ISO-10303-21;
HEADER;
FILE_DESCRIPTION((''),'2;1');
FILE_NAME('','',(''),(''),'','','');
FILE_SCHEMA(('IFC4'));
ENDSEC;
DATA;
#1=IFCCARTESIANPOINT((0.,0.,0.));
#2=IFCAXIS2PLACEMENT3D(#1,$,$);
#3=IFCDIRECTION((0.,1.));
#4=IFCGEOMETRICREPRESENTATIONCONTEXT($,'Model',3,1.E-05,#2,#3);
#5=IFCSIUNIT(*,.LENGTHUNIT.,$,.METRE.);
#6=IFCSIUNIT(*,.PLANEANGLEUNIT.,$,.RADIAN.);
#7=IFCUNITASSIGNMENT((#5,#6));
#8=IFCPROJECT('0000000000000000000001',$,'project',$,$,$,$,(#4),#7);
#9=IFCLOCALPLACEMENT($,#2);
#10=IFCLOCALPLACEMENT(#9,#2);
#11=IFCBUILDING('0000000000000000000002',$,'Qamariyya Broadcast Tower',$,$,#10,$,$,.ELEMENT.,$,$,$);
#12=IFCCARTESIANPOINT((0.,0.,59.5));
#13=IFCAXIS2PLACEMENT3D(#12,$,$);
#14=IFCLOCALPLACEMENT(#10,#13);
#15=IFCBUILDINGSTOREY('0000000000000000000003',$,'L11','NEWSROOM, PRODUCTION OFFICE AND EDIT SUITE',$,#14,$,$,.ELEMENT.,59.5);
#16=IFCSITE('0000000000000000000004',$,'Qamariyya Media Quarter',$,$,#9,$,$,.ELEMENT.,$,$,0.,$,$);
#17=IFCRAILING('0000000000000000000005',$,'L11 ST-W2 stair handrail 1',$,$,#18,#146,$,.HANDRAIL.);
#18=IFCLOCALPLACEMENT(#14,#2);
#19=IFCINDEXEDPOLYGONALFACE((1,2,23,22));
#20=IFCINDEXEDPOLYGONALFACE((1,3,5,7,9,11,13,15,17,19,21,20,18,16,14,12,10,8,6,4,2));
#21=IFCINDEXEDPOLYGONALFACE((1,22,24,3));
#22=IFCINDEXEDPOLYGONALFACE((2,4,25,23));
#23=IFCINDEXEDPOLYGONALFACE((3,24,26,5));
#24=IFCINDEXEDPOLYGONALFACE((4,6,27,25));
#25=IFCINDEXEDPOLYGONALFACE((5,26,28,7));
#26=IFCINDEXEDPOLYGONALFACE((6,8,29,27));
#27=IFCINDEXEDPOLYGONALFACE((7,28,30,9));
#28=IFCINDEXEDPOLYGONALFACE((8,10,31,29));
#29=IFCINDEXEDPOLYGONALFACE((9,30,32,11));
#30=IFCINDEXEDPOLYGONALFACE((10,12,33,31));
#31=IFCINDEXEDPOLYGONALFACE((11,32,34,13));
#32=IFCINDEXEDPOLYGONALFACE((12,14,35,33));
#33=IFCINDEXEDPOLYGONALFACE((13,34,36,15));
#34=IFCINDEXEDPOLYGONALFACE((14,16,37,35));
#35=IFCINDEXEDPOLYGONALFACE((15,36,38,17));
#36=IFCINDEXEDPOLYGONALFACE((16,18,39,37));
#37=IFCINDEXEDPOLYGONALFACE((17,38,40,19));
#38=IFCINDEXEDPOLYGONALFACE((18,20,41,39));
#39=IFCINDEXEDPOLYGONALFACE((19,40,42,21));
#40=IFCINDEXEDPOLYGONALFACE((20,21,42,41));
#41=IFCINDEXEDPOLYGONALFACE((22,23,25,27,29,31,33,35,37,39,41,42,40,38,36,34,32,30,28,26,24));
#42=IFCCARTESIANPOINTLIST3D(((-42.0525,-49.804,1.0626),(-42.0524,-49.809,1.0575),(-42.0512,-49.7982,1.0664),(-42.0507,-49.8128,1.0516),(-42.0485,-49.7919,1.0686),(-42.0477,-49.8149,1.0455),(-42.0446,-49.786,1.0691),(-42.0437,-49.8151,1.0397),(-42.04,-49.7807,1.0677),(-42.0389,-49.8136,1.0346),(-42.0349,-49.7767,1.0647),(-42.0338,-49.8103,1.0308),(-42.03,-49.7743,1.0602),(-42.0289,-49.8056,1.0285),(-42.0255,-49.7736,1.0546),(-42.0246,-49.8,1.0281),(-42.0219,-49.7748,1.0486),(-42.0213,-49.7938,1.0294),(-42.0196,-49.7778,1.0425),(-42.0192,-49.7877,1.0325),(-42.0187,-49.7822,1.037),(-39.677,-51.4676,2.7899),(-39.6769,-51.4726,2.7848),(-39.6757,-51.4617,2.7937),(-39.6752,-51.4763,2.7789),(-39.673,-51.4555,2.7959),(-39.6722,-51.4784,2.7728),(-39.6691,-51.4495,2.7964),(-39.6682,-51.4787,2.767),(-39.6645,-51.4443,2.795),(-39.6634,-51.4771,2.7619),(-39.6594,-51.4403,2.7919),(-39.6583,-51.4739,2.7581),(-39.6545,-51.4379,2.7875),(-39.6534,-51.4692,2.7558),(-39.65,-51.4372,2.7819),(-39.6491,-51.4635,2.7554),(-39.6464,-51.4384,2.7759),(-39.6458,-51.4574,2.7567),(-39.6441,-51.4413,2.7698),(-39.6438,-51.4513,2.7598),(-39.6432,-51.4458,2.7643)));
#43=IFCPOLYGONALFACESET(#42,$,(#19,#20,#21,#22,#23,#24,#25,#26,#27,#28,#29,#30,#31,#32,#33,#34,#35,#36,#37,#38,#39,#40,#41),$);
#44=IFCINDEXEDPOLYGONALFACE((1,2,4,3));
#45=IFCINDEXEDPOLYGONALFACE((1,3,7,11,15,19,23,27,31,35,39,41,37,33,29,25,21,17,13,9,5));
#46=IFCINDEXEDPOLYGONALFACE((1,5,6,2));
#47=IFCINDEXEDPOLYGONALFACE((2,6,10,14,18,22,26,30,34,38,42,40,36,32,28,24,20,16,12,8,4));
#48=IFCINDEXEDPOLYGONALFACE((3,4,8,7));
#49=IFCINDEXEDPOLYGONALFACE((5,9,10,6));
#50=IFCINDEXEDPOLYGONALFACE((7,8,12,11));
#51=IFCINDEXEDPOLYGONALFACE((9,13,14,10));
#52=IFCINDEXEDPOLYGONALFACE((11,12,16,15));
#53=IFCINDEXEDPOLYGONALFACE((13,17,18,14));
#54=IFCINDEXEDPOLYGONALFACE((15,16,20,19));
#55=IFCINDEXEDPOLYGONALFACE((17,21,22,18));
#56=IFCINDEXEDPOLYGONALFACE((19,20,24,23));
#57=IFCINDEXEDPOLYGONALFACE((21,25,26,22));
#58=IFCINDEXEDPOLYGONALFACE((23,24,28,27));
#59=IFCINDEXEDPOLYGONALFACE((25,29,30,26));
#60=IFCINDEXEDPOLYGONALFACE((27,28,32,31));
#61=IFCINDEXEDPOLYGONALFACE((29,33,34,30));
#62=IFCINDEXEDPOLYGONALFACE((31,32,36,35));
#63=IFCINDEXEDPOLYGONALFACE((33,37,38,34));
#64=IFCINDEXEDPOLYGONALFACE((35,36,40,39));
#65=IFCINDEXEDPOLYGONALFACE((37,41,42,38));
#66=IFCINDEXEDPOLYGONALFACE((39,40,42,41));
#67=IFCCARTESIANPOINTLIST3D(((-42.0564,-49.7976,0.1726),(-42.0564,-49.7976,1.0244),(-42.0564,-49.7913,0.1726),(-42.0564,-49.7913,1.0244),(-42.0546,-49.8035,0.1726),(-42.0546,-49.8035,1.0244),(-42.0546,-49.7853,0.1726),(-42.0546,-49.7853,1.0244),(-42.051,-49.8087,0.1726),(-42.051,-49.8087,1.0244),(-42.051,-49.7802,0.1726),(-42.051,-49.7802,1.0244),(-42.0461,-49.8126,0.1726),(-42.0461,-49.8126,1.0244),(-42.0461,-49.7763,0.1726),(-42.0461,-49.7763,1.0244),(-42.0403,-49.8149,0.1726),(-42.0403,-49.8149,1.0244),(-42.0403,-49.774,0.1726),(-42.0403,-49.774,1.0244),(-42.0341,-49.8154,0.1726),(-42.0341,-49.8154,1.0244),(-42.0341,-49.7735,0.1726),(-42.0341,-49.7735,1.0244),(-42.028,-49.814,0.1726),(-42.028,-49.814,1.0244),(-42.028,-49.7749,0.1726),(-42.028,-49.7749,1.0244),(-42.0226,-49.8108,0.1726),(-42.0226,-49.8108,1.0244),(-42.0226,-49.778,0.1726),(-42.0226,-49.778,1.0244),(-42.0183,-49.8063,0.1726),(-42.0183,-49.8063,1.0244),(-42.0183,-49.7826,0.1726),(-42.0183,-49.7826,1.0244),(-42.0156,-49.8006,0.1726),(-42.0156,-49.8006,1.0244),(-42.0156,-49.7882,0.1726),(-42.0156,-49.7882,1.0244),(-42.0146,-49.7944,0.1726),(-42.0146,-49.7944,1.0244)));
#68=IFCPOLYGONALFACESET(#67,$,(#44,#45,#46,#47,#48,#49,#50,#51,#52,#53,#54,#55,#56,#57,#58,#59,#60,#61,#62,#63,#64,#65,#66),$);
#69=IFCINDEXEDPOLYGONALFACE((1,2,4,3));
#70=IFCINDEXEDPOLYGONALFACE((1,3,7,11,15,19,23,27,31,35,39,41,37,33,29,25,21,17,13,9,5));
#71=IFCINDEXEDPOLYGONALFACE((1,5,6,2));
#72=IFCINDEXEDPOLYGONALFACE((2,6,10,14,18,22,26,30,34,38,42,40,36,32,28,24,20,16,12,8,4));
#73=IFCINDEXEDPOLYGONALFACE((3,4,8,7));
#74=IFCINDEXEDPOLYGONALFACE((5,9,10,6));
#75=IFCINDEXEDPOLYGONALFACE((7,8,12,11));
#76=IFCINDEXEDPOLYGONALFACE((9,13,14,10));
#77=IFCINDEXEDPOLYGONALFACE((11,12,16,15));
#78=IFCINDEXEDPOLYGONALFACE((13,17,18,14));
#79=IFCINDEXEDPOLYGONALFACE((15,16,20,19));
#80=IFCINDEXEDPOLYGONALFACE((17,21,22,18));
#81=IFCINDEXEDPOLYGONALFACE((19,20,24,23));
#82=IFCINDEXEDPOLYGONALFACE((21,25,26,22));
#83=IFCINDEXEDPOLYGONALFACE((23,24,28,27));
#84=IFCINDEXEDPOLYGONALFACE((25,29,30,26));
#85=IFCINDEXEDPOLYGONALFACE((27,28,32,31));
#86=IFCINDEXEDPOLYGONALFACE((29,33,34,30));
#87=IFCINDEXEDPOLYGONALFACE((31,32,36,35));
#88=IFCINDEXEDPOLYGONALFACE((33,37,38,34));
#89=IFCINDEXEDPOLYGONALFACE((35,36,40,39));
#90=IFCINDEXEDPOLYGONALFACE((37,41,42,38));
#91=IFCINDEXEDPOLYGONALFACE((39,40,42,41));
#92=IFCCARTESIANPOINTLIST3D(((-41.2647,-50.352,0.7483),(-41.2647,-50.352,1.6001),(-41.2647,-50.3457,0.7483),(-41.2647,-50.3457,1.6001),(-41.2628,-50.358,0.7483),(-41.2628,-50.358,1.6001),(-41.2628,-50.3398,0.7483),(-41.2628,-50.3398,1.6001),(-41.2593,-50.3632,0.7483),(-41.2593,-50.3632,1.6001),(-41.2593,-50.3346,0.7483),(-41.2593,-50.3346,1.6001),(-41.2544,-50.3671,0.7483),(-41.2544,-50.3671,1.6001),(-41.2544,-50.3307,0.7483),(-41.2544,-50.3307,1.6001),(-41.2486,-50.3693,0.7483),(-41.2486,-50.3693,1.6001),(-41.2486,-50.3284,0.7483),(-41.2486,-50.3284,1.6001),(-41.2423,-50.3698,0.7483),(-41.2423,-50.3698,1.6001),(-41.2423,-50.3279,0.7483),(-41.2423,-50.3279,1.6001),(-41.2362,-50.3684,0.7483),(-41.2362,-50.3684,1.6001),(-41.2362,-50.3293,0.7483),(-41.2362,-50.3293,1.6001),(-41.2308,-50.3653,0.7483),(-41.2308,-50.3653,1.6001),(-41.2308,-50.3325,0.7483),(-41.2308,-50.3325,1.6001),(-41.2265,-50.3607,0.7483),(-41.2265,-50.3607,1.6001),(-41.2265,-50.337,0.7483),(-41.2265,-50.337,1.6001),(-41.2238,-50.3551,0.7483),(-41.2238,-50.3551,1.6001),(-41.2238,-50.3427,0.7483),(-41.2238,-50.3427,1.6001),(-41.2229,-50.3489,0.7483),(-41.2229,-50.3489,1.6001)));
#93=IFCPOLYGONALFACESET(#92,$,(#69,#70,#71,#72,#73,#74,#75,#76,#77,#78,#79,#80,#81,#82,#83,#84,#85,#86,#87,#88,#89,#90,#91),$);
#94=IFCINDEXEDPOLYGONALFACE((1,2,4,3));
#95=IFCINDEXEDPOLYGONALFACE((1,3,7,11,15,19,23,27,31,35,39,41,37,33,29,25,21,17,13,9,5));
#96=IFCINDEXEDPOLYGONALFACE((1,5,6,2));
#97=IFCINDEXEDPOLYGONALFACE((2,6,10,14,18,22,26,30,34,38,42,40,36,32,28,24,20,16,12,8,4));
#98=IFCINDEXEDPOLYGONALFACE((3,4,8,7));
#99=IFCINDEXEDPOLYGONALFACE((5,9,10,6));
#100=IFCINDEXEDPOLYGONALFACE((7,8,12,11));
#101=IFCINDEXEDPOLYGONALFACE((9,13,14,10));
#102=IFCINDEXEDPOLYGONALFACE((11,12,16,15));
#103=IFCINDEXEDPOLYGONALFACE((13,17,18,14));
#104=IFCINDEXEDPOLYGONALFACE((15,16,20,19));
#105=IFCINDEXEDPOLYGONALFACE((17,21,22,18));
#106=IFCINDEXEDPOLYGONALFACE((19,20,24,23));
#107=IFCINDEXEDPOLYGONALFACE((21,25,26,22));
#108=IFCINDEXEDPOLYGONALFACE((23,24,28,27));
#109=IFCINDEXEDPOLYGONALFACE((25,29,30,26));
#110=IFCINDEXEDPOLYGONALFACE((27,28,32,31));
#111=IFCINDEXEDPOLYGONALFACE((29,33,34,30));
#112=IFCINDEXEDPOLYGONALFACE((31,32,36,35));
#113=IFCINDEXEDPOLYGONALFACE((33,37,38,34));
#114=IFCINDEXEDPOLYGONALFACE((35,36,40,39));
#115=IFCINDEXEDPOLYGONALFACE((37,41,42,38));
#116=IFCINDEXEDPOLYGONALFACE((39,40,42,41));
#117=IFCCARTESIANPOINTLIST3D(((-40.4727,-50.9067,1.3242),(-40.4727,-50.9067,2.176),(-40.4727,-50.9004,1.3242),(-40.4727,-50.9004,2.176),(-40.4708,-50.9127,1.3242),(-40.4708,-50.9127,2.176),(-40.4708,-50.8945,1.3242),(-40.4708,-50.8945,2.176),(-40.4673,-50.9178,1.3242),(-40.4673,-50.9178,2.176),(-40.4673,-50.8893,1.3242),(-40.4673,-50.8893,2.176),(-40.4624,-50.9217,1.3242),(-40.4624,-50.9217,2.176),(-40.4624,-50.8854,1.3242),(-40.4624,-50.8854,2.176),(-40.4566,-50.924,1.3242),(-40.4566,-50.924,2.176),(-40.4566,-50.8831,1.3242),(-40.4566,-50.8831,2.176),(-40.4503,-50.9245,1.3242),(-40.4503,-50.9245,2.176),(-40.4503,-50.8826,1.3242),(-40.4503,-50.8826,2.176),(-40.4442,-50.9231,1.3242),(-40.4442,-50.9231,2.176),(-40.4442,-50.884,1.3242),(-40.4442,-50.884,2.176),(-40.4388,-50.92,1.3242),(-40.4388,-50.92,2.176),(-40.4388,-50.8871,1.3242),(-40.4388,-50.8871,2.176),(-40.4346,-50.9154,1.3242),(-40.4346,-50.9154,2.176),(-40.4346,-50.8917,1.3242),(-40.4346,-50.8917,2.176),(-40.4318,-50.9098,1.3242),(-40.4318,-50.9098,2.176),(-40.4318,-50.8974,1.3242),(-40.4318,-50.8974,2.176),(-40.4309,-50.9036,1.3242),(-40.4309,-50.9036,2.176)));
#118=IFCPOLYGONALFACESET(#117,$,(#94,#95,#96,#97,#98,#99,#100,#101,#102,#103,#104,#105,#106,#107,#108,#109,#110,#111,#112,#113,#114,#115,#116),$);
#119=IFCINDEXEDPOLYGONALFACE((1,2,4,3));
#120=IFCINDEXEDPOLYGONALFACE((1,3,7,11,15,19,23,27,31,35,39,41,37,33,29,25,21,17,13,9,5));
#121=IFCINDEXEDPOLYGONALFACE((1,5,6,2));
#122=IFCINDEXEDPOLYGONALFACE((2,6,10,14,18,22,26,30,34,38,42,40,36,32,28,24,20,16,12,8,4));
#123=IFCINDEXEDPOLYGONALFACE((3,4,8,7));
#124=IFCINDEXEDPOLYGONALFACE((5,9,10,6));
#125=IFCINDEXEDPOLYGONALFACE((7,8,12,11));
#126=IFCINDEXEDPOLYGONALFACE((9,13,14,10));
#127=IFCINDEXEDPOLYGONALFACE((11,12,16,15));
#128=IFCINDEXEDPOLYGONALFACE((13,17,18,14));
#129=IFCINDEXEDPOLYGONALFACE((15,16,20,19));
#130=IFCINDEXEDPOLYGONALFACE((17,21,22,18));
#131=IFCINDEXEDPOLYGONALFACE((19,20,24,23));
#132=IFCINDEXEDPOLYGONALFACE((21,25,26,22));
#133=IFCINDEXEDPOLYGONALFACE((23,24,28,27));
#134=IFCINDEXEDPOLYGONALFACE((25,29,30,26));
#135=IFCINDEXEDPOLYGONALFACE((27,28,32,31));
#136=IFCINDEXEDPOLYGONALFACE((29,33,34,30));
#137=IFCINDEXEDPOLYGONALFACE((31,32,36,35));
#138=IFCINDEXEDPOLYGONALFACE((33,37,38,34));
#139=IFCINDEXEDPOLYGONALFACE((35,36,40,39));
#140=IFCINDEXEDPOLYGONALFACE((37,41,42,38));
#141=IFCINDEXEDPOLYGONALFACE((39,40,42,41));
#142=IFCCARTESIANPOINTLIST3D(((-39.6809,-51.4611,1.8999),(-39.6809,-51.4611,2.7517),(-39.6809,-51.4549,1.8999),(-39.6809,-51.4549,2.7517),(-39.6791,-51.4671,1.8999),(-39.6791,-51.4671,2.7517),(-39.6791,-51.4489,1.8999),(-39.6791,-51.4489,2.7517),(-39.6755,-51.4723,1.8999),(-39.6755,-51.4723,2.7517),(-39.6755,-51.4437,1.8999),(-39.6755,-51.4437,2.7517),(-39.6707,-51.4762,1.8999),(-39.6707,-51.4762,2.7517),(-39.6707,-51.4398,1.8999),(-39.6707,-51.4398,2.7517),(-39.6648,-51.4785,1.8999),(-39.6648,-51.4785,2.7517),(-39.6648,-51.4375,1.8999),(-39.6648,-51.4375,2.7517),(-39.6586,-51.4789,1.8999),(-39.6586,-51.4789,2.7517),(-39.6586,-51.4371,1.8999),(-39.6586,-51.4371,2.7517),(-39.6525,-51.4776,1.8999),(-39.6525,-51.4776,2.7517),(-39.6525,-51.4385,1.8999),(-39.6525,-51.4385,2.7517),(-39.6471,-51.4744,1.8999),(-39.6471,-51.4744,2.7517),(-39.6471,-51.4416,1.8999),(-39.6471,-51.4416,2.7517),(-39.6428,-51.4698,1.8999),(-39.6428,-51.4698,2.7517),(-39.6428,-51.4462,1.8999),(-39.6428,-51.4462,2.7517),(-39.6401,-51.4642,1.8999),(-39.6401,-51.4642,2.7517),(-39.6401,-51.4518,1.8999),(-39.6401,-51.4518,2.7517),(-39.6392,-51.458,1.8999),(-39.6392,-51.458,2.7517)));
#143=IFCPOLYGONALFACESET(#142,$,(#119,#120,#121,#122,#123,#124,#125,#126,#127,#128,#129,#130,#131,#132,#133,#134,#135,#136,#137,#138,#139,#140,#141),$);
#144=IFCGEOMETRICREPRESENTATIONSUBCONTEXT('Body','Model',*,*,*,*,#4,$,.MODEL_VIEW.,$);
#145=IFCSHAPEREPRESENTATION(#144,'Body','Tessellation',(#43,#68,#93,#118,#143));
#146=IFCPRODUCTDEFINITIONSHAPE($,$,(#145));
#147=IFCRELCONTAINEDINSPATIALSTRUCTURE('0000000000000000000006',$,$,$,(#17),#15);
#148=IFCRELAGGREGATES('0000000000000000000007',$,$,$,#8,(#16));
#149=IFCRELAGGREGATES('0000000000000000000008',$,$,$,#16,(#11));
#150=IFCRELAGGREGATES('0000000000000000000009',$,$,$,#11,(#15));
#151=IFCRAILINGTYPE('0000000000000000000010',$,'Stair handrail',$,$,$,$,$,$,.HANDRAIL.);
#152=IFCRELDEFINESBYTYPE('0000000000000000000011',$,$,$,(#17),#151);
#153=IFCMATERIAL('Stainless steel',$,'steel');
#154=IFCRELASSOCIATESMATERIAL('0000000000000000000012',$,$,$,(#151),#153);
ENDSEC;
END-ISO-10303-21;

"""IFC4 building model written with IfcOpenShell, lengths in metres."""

from ifc_helpers import new_model, si_unit, direction, frame, origin, origin_2d, place, context, subcontext, project, spatial, circle, extrude, material, type_object, element, save


model = new_model("IFC4")

# Units and contexts
model_context = context("Model", 3, precision=1e-05, world=origin(), true_north=direction((0.0, 1.0)))
body_context = subcontext(model_context, "Body", "Model", "MODEL_VIEW")
ifc_project = project(units=[si_unit("LENGTHUNIT", "METRE"), si_unit("PLANEANGLEUNIT", "RADIAN")], contexts=[model_context])

# Site, building, storey
site_placement = place(None, origin())
site = spatial("IfcSite", under=ifc_project, at=site_placement, Name="Qamariyya Media Quarter", CompositionType="ELEMENT", RefElevation=0.0)
building_placement = place(site_placement, origin())
building = spatial("IfcBuilding", under=site, at=building_placement, Name="Qamariyya Broadcast Tower", CompositionType="ELEMENT")
storey_placement = place(building_placement, frame((0.0, 0.0, 59.5)))
storey = spatial("IfcBuildingStorey", under=building, at=storey_placement, Name="L11", Description="NEWSROOM, PRODUCTION OFFICE AND EDIT SUITE", CompositionType="ELEMENT", Elevation=59.5)

# Railing
ifc_material_1 = material(Name="Stainless steel", Category="steel")
railing_type_1 = type_object("IfcRailingType", Name="Stair handrail", PredefinedType="HANDRAIL", material=ifc_material_1)
railing_1_placement = place(storey_placement, frame((-42.0356, -49.7944, 0.1726)))
element("IfcRailing", 1, at=railing_1_placement, inside=storey, type_object=railing_type_1, Name="L11 ST-W2 stair handrail 1", PredefinedType="HANDRAIL", context=body_context, shape_type="SweptSolid", body=[
    extrude(circle(Radius=0.0239, at=origin_2d()), frame((0.0, 0.0, 0.876), z_axis=(0.703745, -0.492838, 0.511716), x_axis=(0.573632, 0.819113, 0.0)), (0.0, 0.0, 1.0), 3.3755),
    extrude(circle(Radius=0.021, at=origin_2d()), origin(), (0.0, 0.0, 1.0), 0.8518),
    extrude(circle(Radius=0.021, at=origin_2d()), frame((0.7917, -0.5544, 0.5757)), (0.0, 0.0, 1.0), 0.8518),
    extrude(circle(Radius=0.021, at=origin_2d()), frame((1.5837, -1.1091, 1.1516)), (0.0, 0.0, 1.0), 0.8518),
    extrude(circle(Radius=0.021, at=origin_2d()), frame((2.3755, -1.6636, 1.7273)), (0.0, 0.0, 1.0), 0.8518),
])

save(model, "model.ifc")
